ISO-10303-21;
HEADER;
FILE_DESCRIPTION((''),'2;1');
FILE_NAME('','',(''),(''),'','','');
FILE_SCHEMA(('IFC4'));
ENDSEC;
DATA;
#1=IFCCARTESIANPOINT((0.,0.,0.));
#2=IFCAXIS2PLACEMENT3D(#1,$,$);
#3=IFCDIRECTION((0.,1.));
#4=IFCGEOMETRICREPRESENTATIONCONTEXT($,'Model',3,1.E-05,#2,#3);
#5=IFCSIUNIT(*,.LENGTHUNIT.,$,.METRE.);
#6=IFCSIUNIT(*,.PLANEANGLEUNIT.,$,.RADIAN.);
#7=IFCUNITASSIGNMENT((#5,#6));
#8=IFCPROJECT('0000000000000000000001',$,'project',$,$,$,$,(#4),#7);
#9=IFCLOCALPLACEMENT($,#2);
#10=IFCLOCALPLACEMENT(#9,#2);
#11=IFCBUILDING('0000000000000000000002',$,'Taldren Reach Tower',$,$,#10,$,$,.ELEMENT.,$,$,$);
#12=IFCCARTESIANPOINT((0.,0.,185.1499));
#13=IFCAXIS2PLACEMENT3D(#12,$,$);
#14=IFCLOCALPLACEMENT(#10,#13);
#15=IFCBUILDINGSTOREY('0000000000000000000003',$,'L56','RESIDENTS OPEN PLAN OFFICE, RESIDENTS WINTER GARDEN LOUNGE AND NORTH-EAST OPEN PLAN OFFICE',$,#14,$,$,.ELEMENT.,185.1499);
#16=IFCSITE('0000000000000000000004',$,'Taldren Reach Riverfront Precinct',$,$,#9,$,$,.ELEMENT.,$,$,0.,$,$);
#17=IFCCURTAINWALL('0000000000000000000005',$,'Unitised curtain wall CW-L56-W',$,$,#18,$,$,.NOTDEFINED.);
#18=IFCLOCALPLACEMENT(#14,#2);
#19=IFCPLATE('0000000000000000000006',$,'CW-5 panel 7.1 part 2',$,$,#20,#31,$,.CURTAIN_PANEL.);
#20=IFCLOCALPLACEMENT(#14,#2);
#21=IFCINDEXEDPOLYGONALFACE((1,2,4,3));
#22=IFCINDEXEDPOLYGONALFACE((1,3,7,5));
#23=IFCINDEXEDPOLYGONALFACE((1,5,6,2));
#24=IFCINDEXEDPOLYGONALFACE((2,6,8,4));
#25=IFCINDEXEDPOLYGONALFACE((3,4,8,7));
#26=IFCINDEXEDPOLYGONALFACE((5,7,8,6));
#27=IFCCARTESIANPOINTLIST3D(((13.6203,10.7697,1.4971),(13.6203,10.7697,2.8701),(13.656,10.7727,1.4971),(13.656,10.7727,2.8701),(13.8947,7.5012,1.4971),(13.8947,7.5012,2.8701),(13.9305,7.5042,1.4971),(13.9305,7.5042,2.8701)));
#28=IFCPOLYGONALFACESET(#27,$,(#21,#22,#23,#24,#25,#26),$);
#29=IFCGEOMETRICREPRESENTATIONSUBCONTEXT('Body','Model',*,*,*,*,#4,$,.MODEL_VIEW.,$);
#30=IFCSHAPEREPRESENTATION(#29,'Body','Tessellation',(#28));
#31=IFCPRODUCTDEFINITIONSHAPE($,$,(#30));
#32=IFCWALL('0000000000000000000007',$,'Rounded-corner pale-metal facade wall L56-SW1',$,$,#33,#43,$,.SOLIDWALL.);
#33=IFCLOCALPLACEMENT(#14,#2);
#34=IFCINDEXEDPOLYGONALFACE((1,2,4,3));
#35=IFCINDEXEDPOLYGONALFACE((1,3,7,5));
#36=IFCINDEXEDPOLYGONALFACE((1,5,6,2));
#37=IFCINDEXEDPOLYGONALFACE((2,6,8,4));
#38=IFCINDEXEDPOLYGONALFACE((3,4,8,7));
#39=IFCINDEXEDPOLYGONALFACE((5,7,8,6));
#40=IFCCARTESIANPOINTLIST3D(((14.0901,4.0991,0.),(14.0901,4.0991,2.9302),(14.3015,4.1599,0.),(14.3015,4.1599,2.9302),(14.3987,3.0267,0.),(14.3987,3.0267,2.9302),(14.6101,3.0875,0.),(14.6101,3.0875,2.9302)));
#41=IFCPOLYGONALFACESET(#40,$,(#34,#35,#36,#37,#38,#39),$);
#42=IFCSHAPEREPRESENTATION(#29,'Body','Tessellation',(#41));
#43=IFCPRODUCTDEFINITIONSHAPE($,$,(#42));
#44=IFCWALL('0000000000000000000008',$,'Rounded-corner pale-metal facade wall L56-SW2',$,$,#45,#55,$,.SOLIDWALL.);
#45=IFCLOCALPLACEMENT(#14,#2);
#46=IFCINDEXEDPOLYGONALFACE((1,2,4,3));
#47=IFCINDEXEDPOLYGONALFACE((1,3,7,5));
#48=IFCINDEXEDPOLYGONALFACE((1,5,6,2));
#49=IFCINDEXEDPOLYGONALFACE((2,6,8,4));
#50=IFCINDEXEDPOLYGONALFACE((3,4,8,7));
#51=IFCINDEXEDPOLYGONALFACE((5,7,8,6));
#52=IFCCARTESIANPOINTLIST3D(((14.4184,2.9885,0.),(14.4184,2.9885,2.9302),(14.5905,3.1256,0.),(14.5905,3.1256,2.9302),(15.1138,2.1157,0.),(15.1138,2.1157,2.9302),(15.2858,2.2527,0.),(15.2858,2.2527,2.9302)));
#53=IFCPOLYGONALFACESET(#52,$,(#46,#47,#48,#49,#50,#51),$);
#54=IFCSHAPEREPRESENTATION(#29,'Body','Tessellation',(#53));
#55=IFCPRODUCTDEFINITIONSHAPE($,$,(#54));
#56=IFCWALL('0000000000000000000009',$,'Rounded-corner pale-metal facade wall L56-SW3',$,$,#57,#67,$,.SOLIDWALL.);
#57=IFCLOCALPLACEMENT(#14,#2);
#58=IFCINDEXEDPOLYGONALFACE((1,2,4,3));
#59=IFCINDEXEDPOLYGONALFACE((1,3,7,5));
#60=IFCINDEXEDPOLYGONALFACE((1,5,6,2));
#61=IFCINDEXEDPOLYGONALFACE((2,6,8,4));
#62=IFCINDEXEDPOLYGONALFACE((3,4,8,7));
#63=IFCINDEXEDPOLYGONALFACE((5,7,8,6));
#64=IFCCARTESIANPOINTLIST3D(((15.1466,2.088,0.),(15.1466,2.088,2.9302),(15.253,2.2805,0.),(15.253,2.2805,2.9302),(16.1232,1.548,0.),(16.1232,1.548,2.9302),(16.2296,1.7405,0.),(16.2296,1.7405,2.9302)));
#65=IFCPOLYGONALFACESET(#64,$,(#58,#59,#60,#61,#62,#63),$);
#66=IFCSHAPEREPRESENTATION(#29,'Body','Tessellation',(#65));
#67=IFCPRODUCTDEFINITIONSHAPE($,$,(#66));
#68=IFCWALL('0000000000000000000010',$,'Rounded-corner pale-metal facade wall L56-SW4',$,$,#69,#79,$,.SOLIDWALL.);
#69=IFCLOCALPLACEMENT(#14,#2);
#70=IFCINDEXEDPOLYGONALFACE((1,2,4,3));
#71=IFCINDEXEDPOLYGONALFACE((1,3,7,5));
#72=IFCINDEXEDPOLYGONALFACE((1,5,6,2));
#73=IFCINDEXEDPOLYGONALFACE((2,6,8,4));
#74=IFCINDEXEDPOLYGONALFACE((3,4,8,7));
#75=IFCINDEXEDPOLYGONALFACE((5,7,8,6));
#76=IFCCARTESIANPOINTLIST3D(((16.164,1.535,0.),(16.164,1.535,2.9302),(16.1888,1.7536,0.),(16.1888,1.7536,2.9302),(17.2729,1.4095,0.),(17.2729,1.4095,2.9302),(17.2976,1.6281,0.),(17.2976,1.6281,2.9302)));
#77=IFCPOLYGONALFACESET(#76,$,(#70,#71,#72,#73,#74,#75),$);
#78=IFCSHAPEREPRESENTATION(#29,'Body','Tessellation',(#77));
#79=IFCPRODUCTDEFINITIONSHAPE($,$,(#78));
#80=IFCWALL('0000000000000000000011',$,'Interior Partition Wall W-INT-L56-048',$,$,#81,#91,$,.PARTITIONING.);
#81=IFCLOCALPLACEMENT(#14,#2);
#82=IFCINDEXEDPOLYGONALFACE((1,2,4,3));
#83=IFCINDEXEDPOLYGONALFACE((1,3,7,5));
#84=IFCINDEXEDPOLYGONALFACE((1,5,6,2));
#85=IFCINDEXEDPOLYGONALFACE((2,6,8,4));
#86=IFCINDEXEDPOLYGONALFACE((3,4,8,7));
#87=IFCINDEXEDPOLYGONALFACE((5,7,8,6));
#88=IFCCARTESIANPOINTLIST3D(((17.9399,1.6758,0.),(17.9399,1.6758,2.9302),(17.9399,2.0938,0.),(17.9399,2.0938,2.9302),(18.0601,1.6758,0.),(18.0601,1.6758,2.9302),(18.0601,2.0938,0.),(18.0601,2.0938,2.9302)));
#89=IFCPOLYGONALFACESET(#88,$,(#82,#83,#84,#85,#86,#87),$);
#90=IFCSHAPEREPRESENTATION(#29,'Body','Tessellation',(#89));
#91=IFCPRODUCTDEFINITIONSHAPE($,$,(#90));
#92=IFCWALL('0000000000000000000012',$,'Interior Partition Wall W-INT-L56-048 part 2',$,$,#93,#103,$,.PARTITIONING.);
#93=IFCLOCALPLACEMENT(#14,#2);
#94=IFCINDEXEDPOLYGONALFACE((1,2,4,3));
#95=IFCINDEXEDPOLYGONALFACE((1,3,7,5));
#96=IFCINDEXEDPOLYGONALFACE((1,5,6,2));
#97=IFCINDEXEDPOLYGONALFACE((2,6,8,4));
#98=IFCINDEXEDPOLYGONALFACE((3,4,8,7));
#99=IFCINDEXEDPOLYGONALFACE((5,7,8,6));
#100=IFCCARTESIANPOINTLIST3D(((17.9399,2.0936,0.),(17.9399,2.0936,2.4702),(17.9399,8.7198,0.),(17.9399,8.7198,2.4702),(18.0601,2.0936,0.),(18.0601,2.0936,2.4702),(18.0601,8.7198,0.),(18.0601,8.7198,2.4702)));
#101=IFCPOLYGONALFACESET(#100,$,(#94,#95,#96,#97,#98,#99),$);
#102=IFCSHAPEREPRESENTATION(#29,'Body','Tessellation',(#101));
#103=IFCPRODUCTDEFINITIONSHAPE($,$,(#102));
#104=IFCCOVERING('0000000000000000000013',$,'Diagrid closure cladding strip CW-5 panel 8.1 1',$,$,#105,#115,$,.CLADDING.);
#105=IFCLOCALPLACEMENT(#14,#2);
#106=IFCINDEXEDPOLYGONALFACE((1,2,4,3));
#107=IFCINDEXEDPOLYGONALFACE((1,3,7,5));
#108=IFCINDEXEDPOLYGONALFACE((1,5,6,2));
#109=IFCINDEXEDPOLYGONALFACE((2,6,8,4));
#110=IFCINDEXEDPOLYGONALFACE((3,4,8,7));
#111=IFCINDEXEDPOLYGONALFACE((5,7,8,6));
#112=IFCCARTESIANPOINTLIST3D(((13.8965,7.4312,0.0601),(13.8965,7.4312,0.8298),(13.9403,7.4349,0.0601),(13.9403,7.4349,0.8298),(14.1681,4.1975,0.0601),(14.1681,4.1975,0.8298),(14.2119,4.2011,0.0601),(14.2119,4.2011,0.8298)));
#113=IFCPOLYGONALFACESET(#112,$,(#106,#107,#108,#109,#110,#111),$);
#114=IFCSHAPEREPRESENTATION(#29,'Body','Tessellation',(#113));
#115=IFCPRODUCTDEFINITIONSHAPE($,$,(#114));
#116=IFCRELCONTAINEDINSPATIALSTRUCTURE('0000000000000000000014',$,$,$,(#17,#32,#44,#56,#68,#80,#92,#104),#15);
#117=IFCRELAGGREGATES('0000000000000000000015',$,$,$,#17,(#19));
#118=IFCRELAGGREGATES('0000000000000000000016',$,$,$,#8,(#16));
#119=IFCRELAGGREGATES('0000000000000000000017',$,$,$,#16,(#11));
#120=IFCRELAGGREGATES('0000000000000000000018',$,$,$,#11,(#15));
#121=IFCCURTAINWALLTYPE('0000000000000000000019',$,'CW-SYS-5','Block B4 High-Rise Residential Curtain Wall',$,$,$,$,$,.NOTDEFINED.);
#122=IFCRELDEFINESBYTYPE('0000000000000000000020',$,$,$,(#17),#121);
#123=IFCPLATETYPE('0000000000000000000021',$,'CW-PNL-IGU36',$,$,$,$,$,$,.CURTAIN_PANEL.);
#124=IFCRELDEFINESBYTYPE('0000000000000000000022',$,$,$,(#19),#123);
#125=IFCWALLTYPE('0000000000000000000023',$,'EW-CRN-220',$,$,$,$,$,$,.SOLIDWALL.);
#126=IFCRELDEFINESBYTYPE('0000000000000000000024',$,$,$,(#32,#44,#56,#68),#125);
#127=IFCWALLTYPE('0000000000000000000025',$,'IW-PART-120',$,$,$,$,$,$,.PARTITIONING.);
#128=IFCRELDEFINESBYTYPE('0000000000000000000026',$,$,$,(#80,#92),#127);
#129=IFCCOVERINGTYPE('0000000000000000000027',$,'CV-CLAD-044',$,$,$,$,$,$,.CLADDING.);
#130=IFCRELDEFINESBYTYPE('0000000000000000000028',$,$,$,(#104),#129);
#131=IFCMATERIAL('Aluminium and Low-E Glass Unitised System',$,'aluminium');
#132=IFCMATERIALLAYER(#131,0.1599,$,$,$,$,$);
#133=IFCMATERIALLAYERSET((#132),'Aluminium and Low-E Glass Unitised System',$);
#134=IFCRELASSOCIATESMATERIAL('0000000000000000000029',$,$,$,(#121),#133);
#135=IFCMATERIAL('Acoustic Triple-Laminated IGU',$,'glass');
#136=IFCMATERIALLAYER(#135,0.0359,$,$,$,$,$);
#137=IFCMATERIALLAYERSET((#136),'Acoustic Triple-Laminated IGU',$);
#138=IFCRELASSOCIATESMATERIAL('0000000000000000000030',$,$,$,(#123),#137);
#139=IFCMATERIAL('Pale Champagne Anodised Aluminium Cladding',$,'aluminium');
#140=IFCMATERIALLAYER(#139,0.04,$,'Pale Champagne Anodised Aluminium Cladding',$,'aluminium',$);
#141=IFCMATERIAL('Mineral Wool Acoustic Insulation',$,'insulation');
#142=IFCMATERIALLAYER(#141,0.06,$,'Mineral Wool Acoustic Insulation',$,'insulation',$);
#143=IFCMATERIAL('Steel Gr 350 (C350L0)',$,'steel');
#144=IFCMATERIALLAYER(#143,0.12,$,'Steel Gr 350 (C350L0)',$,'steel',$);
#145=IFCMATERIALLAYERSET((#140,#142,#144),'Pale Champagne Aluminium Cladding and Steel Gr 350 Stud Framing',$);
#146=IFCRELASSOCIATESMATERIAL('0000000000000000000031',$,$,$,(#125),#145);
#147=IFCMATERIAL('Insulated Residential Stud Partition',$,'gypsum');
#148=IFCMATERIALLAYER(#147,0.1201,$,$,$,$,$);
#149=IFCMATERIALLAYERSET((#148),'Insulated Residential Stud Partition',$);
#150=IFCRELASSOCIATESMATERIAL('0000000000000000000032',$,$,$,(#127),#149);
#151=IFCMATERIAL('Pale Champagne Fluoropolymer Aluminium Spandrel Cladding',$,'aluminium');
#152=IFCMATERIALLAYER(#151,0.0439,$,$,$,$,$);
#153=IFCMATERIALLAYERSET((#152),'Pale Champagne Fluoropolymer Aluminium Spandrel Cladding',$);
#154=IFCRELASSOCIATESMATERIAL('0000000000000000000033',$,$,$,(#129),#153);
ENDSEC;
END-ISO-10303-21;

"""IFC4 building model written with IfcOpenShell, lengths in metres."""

from ifc_helpers import new_model, si_unit, direction, frame, frame_2d, origin, origin_2d, place, context, subcontext, project, spatial, rectangle, extrude, source, transform, mapped, material, layer, layer_set, type_object, element, aggregate, save


model = new_model("IFC4")

# Units and contexts
model_context = context("Model", 3, precision=1e-05, world=origin(), true_north=direction((0.0, 1.0)))
body_context = subcontext(model_context, "Body", "Model", "MODEL_VIEW")
ifc_project = project(units=[si_unit("LENGTHUNIT", "METRE"), si_unit("PLANEANGLEUNIT", "RADIAN")], contexts=[model_context])

# Site, building, storey
site_placement = place(None, origin())
site = spatial("IfcSite", under=ifc_project, at=site_placement, Name="Taldren Reach Riverfront Precinct", CompositionType="ELEMENT", RefElevation=0.0)
building_placement = place(site_placement, origin())
building = spatial("IfcBuilding", under=site, at=building_placement, Name="Taldren Reach Tower", CompositionType="ELEMENT")
storey_placement = place(building_placement, frame((0.0, 0.0, 185.1499)))
storey = spatial("IfcBuildingStorey", under=building, at=storey_placement, Name="L56", Description="RESIDENTS OPEN PLAN OFFICE, RESIDENTS WINTER GARDEN LOUNGE AND NORTH-EAST OPEN PLAN OFFICE", CompositionType="ELEMENT", Elevation=185.1499)

# Shared definitions
ifc_material_1 = material(Name="Steel Gr 350 (C350L0)", Category="steel")

# Shared definitions
ifc_material_2 = material(Name="Aluminium and Low-E Glass Unitised System", Category="aluminium")
ifc_layer_1 = layer(ifc_material_2, 0.1599)
ifc_layer_set_1 = layer_set([ifc_layer_1], Name="Aluminium and Low-E Glass Unitised System")
curtain_wall_type = type_object("IfcCurtainWallType", Name="CW-SYS-5", Description="Block B4 High-Rise Residential Curtain Wall", PredefinedType="NOTDEFINED", material=ifc_layer_set_1)

# Curtain wall
curtain_wall_1_placement = place(storey_placement, origin())
curtain_wall_1 = element("IfcCurtainWall", 1, at=curtain_wall_1_placement, inside=storey, type_object=curtain_wall_type, Name="Unitised curtain wall CW-L56-W", PredefinedType="NOTDEFINED")

# Plate
ifc_material_3 = material(Name="Acoustic Triple-Laminated IGU", Category="glass")
ifc_layer_2 = layer(ifc_material_3, 0.0359)
ifc_layer_set_2 = layer_set([ifc_layer_2], Name="Acoustic Triple-Laminated IGU")
plate_type_1 = type_object("IfcPlateType", Name="CW-PNL-IGU36", PredefinedType="CURTAIN_PANEL", material=ifc_layer_set_2)
shared_shape_1 = source(origin(), body_context, "Body", "SweptSolid", [
    extrude(rectangle(XDim=3.28, YDim=0.0359, at=origin_2d()), origin(), (0.0, 0.0, 1.0), 1.373),
])
plate_1_placement = place(storey_placement, frame((13.7754, 9.137, 1.4971), z_axis=(0.0, 0.0, 1.0), x_axis=(0.083678, -0.996493, 0.0)))
plate_1 = element("IfcPlate", 2, at=plate_1_placement, type_object=plate_type_1, Name="CW-5 panel 7.1 part 2", PredefinedType="CURTAIN_PANEL", context=body_context, shape_type="MappedRepresentation", body=[
    mapped(shared_shape_1, transform((0.0, 0.0, 0.0), scale=1.0)),
])
aggregate(curtain_wall_1, [plate_1])

# Walls
ifc_material_4 = material(Name="Pale Champagne Anodised Aluminium Cladding", Category="aluminium")
ifc_layer_3 = layer(ifc_material_4, 0.04, Name="Pale Champagne Anodised Aluminium Cladding", Category="aluminium")
ifc_material_5 = material(Name="Mineral Wool Acoustic Insulation", Category="insulation")
ifc_layer_4 = layer(ifc_material_5, 0.06, Name="Mineral Wool Acoustic Insulation", Category="insulation")
ifc_layer_5 = layer(ifc_material_1, 0.12, Name="Steel Gr 350 (C350L0)", Category="steel")
ifc_layer_set_3 = layer_set([ifc_layer_3, ifc_layer_4, ifc_layer_5], Name="Pale Champagne Aluminium Cladding and Steel Gr 350 Stud Framing")
wall_type_1 = type_object("IfcWallType", Name="EW-CRN-220", PredefinedType="SOLIDWALL", material=ifc_layer_set_3)
shared_shape_2 = source(origin(), body_context, "Body", "SweptSolid", [
    extrude(rectangle(XDim=1.116, YDim=0.22, at=frame_2d((0.5581, 0.0))), origin(), (0.0, 0.0, 1.0), 2.9302),
])
for number, where, z_axis, x_axis, name in (
    (3, (14.1958, 4.1296, 0.0), (0.0, 0.0, 1.0), (0.276512, -0.96101, 0.0), "Rounded-corner pale-metal facade wall L56-SW1"),
    (4, (14.5044, 3.0571, 0.0), (0.0, 0.0, 1.0), (0.623093, -0.782148, 0.0), "Rounded-corner pale-metal facade wall L56-SW2"),
    (5, (15.1997, 2.1843, 0.0), (0.0, 0.0, 1.0), (0.875105, -0.483933, 0.0), "Rounded-corner pale-metal facade wall L56-SW3"),
    (6, (16.1763, 1.6443, 0.0), (0.0, 0.0, 1.0), (0.993658, -0.112448, 0.0), "Rounded-corner pale-metal facade wall L56-SW4"),
):
    element("IfcWall", number, at=place(storey_placement, frame(where, z_axis=z_axis, x_axis=x_axis)), inside=storey, type_object=wall_type_1, Name=name, PredefinedType="SOLIDWALL", context=body_context, shape_type="MappedRepresentation", body=[
        mapped(shared_shape_2, transform((0.0, 0.0, 0.0), scale=1.0)),
    ])
ifc_material_6 = material(Name="Insulated Residential Stud Partition", Category="gypsum")
ifc_layer_6 = layer(ifc_material_6, 0.1201)
ifc_layer_set_4 = layer_set([ifc_layer_6], Name="Insulated Residential Stud Partition")
wall_type_2 = type_object("IfcWallType", Name="IW-PART-120", PredefinedType="PARTITIONING", material=ifc_layer_set_4)
shared_shape_3 = source(origin(), body_context, "Body", "SweptSolid", [
    extrude(rectangle(XDim=0.418, YDim=0.1201, at=frame_2d((0.209, 0.0))), origin(), (0.0, 0.0, 1.0), 2.9302),
])
wall_1_placement = place(storey_placement, frame((18.0, 1.6758, 0.0), z_axis=(0.0, 0.0, 1.0), x_axis=(0.0, 1.0, 0.0)))
element("IfcWall", 7, at=wall_1_placement, inside=storey, type_object=wall_type_2, Name="Interior Partition Wall W-INT-L56-048", PredefinedType="PARTITIONING", context=body_context, shape_type="MappedRepresentation", body=[
    mapped(shared_shape_3, transform((0.0, 0.0, 0.0), scale=1.0)),
])
shared_shape_4 = source(origin(), body_context, "Body", "SweptSolid", [
    extrude(rectangle(XDim=6.6262, YDim=0.1201, at=frame_2d((3.313, 0.0))), origin(), (0.0, 0.0, 1.0), 2.4702),
])
wall_2_placement = place(storey_placement, frame((18.0, 2.0938, 0.0), z_axis=(0.0, 0.0, 1.0), x_axis=(0.0, 1.0, 0.0)))
element("IfcWall", 8, at=wall_2_placement, inside=storey, type_object=wall_type_2, Name="Interior Partition Wall W-INT-L56-048 part 2", PredefinedType="PARTITIONING", context=body_context, shape_type="MappedRepresentation", body=[
    mapped(shared_shape_4, transform((0.0, 0.0, 0.0), scale=1.0)),
])

# Covering
ifc_material_7 = material(Name="Pale Champagne Fluoropolymer Aluminium Spandrel Cladding", Category="aluminium")
ifc_layer_7 = layer(ifc_material_7, 0.0439)
ifc_layer_set_5 = layer_set([ifc_layer_7], Name="Pale Champagne Fluoropolymer Aluminium Spandrel Cladding")
covering_type = type_object("IfcCoveringType", Name="CV-CLAD-044", PredefinedType="CLADDING", material=ifc_layer_set_5)
shared_shape_5 = source(origin(), body_context, "Body", "SweptSolid", [
    extrude(rectangle(XDim=3.2451, YDim=0.0439, at=origin_2d()), origin(), (0.0, 0.0, 1.0), 0.7698),
])
covering_placement = place(storey_placement, frame((14.0542, 5.8162, 0.0601), z_axis=(0.0, 0.0, 1.0), x_axis=(0.083678, -0.996493, 0.0)))
element("IfcCovering", 9, at=covering_placement, inside=storey, type_object=covering_type, Name="Diagrid closure cladding strip CW-5 panel 8.1 1", PredefinedType="CLADDING", context=body_context, shape_type="MappedRepresentation", body=[
    mapped(shared_shape_5, transform((0.0, 0.0, 0.0), scale=1.0)),
])

save(model, "model.ifc")
